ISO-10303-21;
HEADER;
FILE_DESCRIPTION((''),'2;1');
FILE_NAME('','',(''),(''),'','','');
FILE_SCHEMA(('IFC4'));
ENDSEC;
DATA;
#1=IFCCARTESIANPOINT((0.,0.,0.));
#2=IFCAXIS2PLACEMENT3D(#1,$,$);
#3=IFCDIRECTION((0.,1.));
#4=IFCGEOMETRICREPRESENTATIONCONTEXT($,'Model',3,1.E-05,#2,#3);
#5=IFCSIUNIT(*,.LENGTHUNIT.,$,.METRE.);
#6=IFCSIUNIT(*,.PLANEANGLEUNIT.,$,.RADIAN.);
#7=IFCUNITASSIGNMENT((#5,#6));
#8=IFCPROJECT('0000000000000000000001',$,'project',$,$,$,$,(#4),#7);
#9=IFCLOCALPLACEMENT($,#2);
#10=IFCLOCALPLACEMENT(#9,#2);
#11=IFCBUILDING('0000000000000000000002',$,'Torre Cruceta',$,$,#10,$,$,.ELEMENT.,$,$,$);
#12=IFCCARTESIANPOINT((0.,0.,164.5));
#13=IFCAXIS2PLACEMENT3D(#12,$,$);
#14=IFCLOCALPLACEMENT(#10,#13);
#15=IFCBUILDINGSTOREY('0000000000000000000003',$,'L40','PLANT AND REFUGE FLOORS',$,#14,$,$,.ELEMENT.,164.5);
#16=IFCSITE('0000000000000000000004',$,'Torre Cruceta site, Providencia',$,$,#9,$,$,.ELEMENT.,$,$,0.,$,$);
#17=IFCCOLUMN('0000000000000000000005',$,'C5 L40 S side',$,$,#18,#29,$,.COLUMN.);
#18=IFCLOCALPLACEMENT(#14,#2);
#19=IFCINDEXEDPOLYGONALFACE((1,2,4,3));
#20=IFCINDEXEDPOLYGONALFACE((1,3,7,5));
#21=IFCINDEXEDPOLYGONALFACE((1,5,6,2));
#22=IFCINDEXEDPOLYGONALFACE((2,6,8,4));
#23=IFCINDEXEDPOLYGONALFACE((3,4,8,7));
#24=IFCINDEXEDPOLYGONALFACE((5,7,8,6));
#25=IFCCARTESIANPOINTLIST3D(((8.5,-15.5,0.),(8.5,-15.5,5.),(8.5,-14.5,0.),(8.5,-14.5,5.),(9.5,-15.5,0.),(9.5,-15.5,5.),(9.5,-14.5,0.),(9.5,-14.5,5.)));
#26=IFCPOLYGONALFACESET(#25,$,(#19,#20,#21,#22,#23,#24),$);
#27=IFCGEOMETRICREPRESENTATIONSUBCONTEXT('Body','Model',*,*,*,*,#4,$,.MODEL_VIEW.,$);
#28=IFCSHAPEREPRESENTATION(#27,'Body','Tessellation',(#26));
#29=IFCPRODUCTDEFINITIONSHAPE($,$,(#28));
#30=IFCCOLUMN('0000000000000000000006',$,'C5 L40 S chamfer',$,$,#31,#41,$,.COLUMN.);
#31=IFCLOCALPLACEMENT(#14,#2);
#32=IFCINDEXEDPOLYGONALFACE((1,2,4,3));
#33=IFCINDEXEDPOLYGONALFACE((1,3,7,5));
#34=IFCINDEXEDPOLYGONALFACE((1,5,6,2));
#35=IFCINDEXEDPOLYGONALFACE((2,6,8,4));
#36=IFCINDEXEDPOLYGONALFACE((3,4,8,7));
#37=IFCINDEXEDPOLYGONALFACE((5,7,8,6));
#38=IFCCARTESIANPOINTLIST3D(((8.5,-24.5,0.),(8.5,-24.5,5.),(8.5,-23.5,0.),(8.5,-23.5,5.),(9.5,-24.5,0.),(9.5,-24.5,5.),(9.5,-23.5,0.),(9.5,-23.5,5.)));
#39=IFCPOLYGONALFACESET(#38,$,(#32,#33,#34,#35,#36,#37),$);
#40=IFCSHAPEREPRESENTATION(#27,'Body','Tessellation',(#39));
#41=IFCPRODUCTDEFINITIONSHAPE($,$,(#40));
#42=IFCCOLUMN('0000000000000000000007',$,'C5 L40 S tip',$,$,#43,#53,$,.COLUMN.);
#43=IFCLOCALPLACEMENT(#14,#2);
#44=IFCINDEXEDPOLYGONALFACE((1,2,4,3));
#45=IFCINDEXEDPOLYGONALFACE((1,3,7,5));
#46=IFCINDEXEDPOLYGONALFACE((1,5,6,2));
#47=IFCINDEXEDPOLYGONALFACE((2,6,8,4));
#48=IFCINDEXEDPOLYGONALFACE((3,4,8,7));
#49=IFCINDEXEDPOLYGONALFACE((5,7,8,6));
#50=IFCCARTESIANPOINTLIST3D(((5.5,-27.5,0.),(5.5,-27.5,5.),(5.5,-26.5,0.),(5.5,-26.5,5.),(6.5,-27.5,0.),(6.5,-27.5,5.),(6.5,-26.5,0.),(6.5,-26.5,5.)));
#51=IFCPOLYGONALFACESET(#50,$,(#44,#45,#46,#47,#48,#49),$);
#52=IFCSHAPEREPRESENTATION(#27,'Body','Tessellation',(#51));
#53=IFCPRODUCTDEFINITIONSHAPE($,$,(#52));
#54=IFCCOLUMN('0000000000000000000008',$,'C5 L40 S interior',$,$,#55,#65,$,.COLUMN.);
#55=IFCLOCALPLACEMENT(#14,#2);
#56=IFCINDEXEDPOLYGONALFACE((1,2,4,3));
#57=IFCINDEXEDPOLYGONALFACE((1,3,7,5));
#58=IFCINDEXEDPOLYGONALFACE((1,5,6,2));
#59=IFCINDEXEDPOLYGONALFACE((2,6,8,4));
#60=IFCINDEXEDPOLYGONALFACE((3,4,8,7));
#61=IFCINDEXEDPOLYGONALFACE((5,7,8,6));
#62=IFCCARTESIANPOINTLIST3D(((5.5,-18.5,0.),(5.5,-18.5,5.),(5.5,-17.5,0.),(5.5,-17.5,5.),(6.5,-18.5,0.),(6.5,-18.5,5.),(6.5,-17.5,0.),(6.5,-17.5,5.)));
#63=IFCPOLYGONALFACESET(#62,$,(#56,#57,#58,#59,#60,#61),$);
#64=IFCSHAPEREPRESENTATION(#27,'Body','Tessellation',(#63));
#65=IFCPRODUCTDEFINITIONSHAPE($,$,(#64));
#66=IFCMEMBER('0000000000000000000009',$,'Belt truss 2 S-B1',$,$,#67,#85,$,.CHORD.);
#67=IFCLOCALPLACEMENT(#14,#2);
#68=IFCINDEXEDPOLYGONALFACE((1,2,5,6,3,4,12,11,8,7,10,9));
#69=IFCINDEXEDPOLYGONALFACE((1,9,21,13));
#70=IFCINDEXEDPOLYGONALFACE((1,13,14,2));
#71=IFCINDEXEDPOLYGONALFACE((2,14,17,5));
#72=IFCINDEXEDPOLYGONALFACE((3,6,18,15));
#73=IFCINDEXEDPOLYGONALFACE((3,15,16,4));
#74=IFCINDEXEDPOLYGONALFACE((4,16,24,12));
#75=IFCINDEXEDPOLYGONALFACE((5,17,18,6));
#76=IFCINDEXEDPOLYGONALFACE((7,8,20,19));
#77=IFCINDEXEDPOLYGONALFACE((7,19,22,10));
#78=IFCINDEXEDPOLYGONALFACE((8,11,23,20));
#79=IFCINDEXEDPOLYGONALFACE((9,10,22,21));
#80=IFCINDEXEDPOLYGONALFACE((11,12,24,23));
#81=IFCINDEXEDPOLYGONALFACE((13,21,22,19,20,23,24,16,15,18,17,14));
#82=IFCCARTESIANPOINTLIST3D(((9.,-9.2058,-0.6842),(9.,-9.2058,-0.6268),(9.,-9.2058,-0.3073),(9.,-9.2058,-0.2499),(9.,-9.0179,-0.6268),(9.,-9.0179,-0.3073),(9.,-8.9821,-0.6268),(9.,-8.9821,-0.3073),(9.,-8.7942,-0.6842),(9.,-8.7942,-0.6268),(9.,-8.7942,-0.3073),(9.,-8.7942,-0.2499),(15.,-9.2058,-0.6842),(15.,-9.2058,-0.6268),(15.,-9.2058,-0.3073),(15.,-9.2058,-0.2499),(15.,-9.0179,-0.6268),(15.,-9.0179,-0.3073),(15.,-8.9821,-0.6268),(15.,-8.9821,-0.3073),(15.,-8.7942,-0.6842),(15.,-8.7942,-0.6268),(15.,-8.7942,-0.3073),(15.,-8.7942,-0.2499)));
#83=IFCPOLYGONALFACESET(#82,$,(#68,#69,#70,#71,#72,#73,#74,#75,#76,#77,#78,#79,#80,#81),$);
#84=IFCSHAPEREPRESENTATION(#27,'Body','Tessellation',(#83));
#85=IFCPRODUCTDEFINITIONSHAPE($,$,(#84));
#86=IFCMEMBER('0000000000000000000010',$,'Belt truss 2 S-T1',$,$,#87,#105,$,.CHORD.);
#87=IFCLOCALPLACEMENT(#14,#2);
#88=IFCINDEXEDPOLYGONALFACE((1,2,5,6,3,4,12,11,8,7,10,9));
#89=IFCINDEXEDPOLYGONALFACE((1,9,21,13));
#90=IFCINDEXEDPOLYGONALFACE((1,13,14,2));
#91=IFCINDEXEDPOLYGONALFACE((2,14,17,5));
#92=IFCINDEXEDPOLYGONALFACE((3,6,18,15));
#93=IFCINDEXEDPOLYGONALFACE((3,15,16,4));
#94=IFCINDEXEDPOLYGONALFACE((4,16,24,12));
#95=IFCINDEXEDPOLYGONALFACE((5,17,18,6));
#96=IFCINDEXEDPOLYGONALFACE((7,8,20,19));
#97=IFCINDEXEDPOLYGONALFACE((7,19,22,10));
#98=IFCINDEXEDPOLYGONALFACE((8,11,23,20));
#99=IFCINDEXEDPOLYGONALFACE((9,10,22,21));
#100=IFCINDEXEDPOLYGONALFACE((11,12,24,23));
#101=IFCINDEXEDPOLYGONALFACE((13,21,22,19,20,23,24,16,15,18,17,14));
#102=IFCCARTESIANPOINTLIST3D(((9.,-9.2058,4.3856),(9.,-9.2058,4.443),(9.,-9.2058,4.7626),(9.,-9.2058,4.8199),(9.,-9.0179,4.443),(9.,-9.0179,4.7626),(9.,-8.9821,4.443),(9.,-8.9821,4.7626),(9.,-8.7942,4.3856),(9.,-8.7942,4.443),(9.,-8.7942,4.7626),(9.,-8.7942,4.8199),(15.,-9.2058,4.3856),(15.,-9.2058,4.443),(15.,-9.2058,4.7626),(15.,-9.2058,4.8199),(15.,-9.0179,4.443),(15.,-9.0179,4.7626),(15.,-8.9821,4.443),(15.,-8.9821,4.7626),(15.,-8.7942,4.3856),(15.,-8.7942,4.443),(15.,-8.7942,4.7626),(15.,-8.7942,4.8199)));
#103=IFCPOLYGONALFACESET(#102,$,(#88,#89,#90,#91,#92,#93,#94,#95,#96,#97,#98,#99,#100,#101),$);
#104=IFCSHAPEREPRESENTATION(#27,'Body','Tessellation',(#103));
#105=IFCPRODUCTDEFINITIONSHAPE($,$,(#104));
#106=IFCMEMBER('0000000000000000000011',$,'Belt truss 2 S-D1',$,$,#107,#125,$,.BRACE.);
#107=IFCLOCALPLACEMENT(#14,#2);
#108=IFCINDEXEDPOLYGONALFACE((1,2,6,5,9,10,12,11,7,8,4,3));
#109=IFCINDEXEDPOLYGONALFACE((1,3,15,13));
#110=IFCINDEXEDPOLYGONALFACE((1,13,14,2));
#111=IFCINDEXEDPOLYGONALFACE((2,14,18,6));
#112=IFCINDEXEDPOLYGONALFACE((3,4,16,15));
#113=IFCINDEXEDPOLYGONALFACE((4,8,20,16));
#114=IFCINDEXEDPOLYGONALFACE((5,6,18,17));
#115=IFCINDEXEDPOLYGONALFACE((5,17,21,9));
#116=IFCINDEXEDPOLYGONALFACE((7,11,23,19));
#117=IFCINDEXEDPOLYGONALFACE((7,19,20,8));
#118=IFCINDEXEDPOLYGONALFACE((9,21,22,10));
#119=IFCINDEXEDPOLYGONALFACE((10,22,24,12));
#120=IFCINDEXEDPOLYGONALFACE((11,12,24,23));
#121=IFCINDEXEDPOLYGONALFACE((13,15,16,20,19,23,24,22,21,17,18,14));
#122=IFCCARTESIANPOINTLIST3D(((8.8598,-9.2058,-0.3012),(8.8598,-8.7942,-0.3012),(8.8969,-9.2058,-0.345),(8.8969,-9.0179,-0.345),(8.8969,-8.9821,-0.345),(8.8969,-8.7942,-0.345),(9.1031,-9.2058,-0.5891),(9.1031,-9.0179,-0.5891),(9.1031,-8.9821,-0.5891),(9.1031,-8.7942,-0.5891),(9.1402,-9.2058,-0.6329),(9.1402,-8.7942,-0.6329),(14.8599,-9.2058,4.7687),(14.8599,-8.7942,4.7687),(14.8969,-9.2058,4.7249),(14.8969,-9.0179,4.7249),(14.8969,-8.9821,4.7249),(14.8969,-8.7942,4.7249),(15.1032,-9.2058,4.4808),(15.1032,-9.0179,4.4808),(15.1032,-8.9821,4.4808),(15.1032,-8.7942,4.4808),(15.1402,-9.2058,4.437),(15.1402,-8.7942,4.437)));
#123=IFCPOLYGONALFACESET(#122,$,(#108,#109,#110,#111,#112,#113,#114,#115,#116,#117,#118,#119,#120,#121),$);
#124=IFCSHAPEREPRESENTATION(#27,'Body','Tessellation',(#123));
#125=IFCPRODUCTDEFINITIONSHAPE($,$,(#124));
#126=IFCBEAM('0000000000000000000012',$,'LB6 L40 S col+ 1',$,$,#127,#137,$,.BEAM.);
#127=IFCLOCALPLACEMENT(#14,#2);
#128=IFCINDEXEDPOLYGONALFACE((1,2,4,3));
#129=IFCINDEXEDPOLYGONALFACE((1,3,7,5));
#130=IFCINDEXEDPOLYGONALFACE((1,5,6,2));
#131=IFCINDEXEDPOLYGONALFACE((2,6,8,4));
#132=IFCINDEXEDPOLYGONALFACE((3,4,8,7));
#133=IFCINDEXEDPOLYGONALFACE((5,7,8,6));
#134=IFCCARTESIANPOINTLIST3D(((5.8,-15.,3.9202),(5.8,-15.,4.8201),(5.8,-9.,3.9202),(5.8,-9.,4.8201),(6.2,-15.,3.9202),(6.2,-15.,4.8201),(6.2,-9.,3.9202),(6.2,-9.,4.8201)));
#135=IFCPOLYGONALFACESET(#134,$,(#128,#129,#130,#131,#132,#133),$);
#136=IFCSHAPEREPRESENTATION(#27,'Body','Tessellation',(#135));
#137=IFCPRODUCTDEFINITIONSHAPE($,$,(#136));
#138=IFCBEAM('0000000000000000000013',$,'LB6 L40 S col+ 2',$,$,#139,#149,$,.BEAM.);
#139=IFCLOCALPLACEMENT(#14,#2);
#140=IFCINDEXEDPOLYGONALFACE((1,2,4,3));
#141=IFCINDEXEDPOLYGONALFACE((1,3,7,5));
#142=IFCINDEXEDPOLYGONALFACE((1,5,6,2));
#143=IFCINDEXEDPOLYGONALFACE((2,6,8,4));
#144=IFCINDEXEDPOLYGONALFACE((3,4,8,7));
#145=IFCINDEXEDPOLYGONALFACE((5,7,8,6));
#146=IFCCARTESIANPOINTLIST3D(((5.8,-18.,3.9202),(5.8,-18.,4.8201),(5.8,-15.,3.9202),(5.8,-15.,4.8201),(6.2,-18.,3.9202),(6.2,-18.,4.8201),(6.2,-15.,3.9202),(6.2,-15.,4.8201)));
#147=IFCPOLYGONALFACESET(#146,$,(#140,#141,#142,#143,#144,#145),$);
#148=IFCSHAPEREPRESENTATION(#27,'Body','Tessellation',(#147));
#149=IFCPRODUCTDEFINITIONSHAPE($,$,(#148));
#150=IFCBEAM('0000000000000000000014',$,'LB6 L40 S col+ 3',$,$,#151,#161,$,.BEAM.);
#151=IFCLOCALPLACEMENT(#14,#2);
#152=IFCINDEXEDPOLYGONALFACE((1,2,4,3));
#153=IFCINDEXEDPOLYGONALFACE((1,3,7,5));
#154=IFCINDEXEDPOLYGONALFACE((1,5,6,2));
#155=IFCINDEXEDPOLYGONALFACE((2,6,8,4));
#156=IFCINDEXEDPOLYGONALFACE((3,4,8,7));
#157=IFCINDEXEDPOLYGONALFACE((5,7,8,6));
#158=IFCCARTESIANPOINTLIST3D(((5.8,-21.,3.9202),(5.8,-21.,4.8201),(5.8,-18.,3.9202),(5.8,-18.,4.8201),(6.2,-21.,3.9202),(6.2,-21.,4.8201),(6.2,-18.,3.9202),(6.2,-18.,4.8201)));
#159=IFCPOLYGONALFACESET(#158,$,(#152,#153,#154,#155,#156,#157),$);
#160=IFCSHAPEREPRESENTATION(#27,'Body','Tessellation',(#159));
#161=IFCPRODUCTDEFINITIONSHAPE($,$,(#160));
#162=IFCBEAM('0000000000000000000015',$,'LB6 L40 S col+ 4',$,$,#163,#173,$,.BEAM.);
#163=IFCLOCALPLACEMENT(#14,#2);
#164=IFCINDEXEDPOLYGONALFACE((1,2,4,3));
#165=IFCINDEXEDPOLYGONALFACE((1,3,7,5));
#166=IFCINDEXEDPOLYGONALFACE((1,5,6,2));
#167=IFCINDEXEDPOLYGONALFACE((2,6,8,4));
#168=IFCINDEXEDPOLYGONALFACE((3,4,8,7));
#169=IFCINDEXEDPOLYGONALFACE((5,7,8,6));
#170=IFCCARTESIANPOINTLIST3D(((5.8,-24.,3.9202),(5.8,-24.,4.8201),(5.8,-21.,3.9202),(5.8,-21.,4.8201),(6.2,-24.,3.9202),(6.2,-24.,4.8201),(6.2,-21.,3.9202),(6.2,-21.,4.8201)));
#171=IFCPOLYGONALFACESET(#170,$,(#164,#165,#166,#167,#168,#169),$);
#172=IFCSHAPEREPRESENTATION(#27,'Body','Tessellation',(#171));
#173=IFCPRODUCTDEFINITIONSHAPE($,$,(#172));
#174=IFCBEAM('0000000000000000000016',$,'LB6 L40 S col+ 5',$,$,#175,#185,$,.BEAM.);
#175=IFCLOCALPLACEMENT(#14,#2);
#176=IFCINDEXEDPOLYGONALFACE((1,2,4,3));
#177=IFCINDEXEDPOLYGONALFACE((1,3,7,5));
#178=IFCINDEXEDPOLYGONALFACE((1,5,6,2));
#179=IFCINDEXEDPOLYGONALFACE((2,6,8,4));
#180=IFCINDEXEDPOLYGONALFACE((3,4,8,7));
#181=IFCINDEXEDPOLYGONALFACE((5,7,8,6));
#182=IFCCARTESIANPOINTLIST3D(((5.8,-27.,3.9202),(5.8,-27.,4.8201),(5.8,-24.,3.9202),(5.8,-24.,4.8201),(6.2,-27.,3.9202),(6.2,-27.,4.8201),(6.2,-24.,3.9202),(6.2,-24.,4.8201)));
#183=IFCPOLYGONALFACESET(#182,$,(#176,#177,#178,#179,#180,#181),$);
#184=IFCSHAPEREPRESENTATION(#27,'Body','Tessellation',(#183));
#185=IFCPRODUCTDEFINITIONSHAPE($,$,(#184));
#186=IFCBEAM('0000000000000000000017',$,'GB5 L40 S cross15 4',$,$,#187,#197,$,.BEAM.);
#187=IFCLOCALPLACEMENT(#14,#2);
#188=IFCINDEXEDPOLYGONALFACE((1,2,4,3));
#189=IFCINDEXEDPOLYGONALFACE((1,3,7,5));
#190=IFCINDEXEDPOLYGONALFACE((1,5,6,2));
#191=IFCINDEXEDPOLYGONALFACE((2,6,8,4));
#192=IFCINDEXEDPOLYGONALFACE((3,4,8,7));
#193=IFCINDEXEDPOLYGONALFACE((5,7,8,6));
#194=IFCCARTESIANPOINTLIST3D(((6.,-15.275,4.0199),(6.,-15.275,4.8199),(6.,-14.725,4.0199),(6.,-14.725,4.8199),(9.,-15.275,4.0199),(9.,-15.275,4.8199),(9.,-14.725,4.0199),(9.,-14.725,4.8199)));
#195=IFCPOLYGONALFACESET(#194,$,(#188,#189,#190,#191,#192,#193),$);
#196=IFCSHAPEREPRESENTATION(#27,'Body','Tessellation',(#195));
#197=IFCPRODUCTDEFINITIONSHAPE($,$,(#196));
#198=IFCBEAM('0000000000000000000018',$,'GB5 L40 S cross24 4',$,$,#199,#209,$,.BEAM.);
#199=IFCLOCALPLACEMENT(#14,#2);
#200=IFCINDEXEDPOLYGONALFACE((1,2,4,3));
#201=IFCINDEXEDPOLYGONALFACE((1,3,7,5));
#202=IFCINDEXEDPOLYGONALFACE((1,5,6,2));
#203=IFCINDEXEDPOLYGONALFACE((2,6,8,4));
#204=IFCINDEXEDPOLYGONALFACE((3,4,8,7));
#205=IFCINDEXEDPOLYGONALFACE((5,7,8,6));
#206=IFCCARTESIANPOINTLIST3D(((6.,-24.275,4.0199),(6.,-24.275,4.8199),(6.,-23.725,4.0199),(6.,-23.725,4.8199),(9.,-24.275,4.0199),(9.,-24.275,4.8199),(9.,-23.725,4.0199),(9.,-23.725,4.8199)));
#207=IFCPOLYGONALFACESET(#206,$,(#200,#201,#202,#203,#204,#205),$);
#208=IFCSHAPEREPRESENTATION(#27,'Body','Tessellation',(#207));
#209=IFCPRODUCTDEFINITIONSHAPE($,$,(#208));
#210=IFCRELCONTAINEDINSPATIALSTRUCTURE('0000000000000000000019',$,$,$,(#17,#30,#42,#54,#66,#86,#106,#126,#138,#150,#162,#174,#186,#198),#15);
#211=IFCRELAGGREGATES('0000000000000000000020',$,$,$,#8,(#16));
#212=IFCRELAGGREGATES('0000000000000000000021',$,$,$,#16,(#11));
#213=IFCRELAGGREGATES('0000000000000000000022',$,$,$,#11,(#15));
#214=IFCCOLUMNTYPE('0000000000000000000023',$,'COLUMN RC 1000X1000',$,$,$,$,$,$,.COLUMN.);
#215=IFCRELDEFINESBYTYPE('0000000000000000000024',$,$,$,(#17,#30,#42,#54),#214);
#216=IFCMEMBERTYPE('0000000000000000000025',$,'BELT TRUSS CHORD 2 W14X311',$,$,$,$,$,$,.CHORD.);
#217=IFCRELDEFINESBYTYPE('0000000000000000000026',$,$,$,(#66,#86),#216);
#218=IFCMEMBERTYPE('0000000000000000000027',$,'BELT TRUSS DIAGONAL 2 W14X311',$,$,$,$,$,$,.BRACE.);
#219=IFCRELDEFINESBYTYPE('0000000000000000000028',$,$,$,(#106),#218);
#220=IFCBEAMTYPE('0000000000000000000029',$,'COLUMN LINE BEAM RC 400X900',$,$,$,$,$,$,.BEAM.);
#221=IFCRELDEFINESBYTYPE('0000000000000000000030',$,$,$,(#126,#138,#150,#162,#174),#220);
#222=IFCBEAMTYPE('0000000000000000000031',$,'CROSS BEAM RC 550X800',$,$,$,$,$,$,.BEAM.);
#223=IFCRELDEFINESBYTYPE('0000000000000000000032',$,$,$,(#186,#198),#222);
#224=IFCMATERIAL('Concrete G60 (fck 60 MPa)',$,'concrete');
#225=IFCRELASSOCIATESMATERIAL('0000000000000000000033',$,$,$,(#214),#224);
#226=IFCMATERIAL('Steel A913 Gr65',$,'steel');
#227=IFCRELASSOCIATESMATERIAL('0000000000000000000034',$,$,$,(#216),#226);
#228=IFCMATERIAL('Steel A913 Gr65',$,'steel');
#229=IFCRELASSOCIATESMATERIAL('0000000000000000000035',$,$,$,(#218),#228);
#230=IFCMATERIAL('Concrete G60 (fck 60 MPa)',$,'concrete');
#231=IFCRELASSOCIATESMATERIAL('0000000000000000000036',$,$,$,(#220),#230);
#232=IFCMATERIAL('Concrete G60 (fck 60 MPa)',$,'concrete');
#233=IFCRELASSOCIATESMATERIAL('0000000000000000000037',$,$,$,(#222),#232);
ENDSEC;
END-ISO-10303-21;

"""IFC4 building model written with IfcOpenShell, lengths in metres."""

from ifc_helpers import new_model, si_unit, direction, frame, origin, origin_2d, place, context, subcontext, project, spatial, rectangle, i_section, extrude, material, material_profile, profile_set, type_object, element, save


model = new_model("IFC4")

# Units and contexts
model_context = context("Model", 3, precision=1e-05, world=origin(), true_north=direction((0.0, 1.0)))
body_context = subcontext(model_context, "Body", "Model", "MODEL_VIEW")
ifc_project = project(units=[si_unit("LENGTHUNIT", "METRE"), si_unit("PLANEANGLEUNIT", "RADIAN")], contexts=[model_context])

# Site, building, storey
site_placement = place(None, origin())
site = spatial("IfcSite", under=ifc_project, at=site_placement, Name="Torre Cruceta site, Providencia", CompositionType="ELEMENT", RefElevation=0.0)
building_placement = place(site_placement, origin())
building = spatial("IfcBuilding", under=site, at=building_placement, Name="Torre Cruceta", CompositionType="ELEMENT")
storey_placement = place(building_placement, frame((0.0, 0.0, 164.5)))
storey = spatial("IfcBuildingStorey", under=building, at=storey_placement, Name="L40", Description="PLANT AND REFUGE FLOORS", CompositionType="ELEMENT", Elevation=164.5)

# Columns
ifc_material_1 = material(Name="Concrete G60 (fck 60 MPa)", Category="concrete")
ifc_material_profile_1 = material_profile(ifc_material_1, rectangle(XDim=1.0, YDim=1.0, at=origin_2d()), Name="RC 1000X1000")
ifc_profile_set_1 = profile_set([ifc_material_profile_1], Name="Concrete G60 (fck 60 MPa)")
column_type = type_object("IfcColumnType", Name="COLUMN RC 1000X1000", PredefinedType="COLUMN", material=ifc_profile_set_1)
for number, where, z_axis, x_axis, name in (
    (1, (9.0, -15.0, 0.0), (0.0, 0.0, 1.0), (1.0, 0.0, 0.0), "C5 L40 S side"),
    (2, (9.0, -24.0, 0.0), (0.0, 0.0, 1.0), (1.0, 0.0, 0.0), "C5 L40 S chamfer"),
    (3, (6.0, -27.0, 0.0), (0.0, 0.0, 1.0), (1.0, 0.0, 0.0), "C5 L40 S tip"),
    (4, (6.0, -18.0, 0.0), (0.0, 0.0, 1.0), (1.0, 0.0, 0.0), "C5 L40 S interior"),
):
    element("IfcColumn", number, at=place(storey_placement, frame(where, z_axis=z_axis, x_axis=x_axis)), inside=storey, type_object=column_type, Name=name, PredefinedType="COLUMN", context=body_context, shape_type="SweptSolid", body=[
        extrude(rectangle(XDim=1.0, YDim=1.0, at=origin_2d()), origin(), (0.0, 0.0, 1.0), 5.0),
    ])

# Members
ifc_material_2 = material(Name="Steel A913 Gr65", Category="steel")
ifc_material_profile_2 = material_profile(ifc_material_2, i_section(OverallWidth=0.4116, OverallDepth=0.4343, WebThickness=0.0359, FlangeThickness=0.0574, at=origin_2d()), Name="W14X311")
ifc_profile_set_2 = profile_set([ifc_material_profile_2], Name="Steel A913 Gr65")
member_type_1 = type_object("IfcMemberType", Name="BELT TRUSS CHORD 2 W14X311", PredefinedType="CHORD", material=ifc_profile_set_2)
for number, where, z_axis, x_axis, name in (
    (5, (9.0, -9.0, -0.467), (1.0, 0.0, 0.0), (0.0, 1.0, 0.0), "Belt truss 2 S-B1"),
    (6, (9.0, -9.0, 4.6028), (1.0, 0.0, 0.0), (0.0, 1.0, 0.0), "Belt truss 2 S-T1"),
):
    element("IfcMember", number, at=place(storey_placement, frame(where, z_axis=z_axis, x_axis=x_axis)), inside=storey, type_object=member_type_1, Name=name, PredefinedType="CHORD", context=body_context, shape_type="SweptSolid", body=[
        extrude(i_section(OverallWidth=0.4116, OverallDepth=0.4343, WebThickness=0.0359, FlangeThickness=0.0574, at=origin_2d()), origin(), (0.0, 0.0, 1.0), 6.0),
    ])
ifc_material_3 = material(Name="Steel A913 Gr65", Category="steel")
ifc_material_profile_3 = material_profile(ifc_material_3, i_section(OverallWidth=0.4116, OverallDepth=0.4343, WebThickness=0.0359, FlangeThickness=0.0574, at=origin_2d()), Name="W14X311")
ifc_profile_set_3 = profile_set([ifc_material_profile_3], Name="Steel A913 Gr65")
member_type_2 = type_object("IfcMemberType", Name="BELT TRUSS DIAGONAL 2 W14X311", PredefinedType="BRACE", material=ifc_profile_set_3)
member_placement = place(storey_placement, frame((9.0, -9.0, -0.467), z_axis=(0.763832, 0.0, 0.645415), x_axis=(0.0, 1.0, 0.0)))
element("IfcMember", 7, at=member_placement, inside=storey, type_object=member_type_2, Name="Belt truss 2 S-D1", PredefinedType="BRACE", context=body_context, shape_type="SweptSolid", body=[
    extrude(i_section(OverallWidth=0.4116, OverallDepth=0.4343, WebThickness=0.0359, FlangeThickness=0.0574, at=origin_2d()), origin(), (0.0, 0.0, 1.0), 7.8552),
])

# Beams
ifc_material_4 = material(Name="Concrete G60 (fck 60 MPa)", Category="concrete")
ifc_material_profile_4 = material_profile(ifc_material_4, rectangle(XDim=0.3999, YDim=0.8999, at=origin_2d()), Name="RC 400X900")
ifc_profile_set_4 = profile_set([ifc_material_profile_4], Name="Concrete G60 (fck 60 MPa)")
beam_type_1 = type_object("IfcBeamType", Name="COLUMN LINE BEAM RC 400X900", PredefinedType="BEAM", material=ifc_profile_set_4)
beam_1_placement = place(storey_placement, frame((6.0, -9.0, 4.3701), z_axis=(0.0, -1.0, 0.0), x_axis=(1.0, 0.0, 0.0)))
element("IfcBeam", 8, at=beam_1_placement, inside=storey, type_object=beam_type_1, Name="LB6 L40 S col+ 1", PredefinedType="BEAM", context=body_context, shape_type="SweptSolid", body=[
    extrude(rectangle(XDim=0.3999, YDim=0.8999, at=origin_2d()), origin(), (0.0, 0.0, 1.0), 6.0),
])
for number, where, z_axis, x_axis, name in (
    (9, (6.0, -15.0, 4.3701), (0.0, -1.0, 0.0), (1.0, 0.0, 0.0), "LB6 L40 S col+ 2"),
    (10, (6.0, -18.0, 4.3701), (0.0, -1.0, 0.0), (1.0, 0.0, 0.0), "LB6 L40 S col+ 3"),
    (11, (6.0, -21.0, 4.3701), (0.0, -1.0, 0.0), (1.0, 0.0, 0.0), "LB6 L40 S col+ 4"),
    (12, (6.0, -24.0, 4.3701), (0.0, -1.0, 0.0), (1.0, 0.0, 0.0), "LB6 L40 S col+ 5"),
):
    element("IfcBeam", number, at=place(storey_placement, frame(where, z_axis=z_axis, x_axis=x_axis)), inside=storey, type_object=beam_type_1, Name=name, PredefinedType="BEAM", context=body_context, shape_type="SweptSolid", body=[
        extrude(rectangle(XDim=0.3999, YDim=0.8999, at=origin_2d()), origin(), (0.0, 0.0, 1.0), 3.0),
    ])
ifc_material_5 = material(Name="Concrete G60 (fck 60 MPa)", Category="concrete")
ifc_material_profile_5 = material_profile(ifc_material_5, rectangle(XDim=0.55, YDim=0.8, at=origin_2d()), Name="RC 550X800")
ifc_profile_set_5 = profile_set([ifc_material_profile_5], Name="Concrete G60 (fck 60 MPa)")
beam_type_2 = type_object("IfcBeamType", Name="CROSS BEAM RC 550X800", PredefinedType="BEAM", material=ifc_profile_set_5)
for number, where, z_axis, x_axis, name in (
    (13, (6.0, -15.0, 4.4199), (1.0, 0.0, 0.0), (0.0, 1.0, 0.0), "GB5 L40 S cross15 4"),
    (14, (6.0, -24.0, 4.4199), (1.0, 0.0, 0.0), (0.0, 1.0, 0.0), "GB5 L40 S cross24 4"),
):
    element("IfcBeam", number, at=place(storey_placement, frame(where, z_axis=z_axis, x_axis=x_axis)), inside=storey, type_object=beam_type_2, Name=name, PredefinedType="BEAM", context=body_context, shape_type="SweptSolid", body=[
        extrude(rectangle(XDim=0.55, YDim=0.8, at=origin_2d()), origin(), (0.0, 0.0, 1.0), 3.0),
    ])

save(model, "model.ifc")
